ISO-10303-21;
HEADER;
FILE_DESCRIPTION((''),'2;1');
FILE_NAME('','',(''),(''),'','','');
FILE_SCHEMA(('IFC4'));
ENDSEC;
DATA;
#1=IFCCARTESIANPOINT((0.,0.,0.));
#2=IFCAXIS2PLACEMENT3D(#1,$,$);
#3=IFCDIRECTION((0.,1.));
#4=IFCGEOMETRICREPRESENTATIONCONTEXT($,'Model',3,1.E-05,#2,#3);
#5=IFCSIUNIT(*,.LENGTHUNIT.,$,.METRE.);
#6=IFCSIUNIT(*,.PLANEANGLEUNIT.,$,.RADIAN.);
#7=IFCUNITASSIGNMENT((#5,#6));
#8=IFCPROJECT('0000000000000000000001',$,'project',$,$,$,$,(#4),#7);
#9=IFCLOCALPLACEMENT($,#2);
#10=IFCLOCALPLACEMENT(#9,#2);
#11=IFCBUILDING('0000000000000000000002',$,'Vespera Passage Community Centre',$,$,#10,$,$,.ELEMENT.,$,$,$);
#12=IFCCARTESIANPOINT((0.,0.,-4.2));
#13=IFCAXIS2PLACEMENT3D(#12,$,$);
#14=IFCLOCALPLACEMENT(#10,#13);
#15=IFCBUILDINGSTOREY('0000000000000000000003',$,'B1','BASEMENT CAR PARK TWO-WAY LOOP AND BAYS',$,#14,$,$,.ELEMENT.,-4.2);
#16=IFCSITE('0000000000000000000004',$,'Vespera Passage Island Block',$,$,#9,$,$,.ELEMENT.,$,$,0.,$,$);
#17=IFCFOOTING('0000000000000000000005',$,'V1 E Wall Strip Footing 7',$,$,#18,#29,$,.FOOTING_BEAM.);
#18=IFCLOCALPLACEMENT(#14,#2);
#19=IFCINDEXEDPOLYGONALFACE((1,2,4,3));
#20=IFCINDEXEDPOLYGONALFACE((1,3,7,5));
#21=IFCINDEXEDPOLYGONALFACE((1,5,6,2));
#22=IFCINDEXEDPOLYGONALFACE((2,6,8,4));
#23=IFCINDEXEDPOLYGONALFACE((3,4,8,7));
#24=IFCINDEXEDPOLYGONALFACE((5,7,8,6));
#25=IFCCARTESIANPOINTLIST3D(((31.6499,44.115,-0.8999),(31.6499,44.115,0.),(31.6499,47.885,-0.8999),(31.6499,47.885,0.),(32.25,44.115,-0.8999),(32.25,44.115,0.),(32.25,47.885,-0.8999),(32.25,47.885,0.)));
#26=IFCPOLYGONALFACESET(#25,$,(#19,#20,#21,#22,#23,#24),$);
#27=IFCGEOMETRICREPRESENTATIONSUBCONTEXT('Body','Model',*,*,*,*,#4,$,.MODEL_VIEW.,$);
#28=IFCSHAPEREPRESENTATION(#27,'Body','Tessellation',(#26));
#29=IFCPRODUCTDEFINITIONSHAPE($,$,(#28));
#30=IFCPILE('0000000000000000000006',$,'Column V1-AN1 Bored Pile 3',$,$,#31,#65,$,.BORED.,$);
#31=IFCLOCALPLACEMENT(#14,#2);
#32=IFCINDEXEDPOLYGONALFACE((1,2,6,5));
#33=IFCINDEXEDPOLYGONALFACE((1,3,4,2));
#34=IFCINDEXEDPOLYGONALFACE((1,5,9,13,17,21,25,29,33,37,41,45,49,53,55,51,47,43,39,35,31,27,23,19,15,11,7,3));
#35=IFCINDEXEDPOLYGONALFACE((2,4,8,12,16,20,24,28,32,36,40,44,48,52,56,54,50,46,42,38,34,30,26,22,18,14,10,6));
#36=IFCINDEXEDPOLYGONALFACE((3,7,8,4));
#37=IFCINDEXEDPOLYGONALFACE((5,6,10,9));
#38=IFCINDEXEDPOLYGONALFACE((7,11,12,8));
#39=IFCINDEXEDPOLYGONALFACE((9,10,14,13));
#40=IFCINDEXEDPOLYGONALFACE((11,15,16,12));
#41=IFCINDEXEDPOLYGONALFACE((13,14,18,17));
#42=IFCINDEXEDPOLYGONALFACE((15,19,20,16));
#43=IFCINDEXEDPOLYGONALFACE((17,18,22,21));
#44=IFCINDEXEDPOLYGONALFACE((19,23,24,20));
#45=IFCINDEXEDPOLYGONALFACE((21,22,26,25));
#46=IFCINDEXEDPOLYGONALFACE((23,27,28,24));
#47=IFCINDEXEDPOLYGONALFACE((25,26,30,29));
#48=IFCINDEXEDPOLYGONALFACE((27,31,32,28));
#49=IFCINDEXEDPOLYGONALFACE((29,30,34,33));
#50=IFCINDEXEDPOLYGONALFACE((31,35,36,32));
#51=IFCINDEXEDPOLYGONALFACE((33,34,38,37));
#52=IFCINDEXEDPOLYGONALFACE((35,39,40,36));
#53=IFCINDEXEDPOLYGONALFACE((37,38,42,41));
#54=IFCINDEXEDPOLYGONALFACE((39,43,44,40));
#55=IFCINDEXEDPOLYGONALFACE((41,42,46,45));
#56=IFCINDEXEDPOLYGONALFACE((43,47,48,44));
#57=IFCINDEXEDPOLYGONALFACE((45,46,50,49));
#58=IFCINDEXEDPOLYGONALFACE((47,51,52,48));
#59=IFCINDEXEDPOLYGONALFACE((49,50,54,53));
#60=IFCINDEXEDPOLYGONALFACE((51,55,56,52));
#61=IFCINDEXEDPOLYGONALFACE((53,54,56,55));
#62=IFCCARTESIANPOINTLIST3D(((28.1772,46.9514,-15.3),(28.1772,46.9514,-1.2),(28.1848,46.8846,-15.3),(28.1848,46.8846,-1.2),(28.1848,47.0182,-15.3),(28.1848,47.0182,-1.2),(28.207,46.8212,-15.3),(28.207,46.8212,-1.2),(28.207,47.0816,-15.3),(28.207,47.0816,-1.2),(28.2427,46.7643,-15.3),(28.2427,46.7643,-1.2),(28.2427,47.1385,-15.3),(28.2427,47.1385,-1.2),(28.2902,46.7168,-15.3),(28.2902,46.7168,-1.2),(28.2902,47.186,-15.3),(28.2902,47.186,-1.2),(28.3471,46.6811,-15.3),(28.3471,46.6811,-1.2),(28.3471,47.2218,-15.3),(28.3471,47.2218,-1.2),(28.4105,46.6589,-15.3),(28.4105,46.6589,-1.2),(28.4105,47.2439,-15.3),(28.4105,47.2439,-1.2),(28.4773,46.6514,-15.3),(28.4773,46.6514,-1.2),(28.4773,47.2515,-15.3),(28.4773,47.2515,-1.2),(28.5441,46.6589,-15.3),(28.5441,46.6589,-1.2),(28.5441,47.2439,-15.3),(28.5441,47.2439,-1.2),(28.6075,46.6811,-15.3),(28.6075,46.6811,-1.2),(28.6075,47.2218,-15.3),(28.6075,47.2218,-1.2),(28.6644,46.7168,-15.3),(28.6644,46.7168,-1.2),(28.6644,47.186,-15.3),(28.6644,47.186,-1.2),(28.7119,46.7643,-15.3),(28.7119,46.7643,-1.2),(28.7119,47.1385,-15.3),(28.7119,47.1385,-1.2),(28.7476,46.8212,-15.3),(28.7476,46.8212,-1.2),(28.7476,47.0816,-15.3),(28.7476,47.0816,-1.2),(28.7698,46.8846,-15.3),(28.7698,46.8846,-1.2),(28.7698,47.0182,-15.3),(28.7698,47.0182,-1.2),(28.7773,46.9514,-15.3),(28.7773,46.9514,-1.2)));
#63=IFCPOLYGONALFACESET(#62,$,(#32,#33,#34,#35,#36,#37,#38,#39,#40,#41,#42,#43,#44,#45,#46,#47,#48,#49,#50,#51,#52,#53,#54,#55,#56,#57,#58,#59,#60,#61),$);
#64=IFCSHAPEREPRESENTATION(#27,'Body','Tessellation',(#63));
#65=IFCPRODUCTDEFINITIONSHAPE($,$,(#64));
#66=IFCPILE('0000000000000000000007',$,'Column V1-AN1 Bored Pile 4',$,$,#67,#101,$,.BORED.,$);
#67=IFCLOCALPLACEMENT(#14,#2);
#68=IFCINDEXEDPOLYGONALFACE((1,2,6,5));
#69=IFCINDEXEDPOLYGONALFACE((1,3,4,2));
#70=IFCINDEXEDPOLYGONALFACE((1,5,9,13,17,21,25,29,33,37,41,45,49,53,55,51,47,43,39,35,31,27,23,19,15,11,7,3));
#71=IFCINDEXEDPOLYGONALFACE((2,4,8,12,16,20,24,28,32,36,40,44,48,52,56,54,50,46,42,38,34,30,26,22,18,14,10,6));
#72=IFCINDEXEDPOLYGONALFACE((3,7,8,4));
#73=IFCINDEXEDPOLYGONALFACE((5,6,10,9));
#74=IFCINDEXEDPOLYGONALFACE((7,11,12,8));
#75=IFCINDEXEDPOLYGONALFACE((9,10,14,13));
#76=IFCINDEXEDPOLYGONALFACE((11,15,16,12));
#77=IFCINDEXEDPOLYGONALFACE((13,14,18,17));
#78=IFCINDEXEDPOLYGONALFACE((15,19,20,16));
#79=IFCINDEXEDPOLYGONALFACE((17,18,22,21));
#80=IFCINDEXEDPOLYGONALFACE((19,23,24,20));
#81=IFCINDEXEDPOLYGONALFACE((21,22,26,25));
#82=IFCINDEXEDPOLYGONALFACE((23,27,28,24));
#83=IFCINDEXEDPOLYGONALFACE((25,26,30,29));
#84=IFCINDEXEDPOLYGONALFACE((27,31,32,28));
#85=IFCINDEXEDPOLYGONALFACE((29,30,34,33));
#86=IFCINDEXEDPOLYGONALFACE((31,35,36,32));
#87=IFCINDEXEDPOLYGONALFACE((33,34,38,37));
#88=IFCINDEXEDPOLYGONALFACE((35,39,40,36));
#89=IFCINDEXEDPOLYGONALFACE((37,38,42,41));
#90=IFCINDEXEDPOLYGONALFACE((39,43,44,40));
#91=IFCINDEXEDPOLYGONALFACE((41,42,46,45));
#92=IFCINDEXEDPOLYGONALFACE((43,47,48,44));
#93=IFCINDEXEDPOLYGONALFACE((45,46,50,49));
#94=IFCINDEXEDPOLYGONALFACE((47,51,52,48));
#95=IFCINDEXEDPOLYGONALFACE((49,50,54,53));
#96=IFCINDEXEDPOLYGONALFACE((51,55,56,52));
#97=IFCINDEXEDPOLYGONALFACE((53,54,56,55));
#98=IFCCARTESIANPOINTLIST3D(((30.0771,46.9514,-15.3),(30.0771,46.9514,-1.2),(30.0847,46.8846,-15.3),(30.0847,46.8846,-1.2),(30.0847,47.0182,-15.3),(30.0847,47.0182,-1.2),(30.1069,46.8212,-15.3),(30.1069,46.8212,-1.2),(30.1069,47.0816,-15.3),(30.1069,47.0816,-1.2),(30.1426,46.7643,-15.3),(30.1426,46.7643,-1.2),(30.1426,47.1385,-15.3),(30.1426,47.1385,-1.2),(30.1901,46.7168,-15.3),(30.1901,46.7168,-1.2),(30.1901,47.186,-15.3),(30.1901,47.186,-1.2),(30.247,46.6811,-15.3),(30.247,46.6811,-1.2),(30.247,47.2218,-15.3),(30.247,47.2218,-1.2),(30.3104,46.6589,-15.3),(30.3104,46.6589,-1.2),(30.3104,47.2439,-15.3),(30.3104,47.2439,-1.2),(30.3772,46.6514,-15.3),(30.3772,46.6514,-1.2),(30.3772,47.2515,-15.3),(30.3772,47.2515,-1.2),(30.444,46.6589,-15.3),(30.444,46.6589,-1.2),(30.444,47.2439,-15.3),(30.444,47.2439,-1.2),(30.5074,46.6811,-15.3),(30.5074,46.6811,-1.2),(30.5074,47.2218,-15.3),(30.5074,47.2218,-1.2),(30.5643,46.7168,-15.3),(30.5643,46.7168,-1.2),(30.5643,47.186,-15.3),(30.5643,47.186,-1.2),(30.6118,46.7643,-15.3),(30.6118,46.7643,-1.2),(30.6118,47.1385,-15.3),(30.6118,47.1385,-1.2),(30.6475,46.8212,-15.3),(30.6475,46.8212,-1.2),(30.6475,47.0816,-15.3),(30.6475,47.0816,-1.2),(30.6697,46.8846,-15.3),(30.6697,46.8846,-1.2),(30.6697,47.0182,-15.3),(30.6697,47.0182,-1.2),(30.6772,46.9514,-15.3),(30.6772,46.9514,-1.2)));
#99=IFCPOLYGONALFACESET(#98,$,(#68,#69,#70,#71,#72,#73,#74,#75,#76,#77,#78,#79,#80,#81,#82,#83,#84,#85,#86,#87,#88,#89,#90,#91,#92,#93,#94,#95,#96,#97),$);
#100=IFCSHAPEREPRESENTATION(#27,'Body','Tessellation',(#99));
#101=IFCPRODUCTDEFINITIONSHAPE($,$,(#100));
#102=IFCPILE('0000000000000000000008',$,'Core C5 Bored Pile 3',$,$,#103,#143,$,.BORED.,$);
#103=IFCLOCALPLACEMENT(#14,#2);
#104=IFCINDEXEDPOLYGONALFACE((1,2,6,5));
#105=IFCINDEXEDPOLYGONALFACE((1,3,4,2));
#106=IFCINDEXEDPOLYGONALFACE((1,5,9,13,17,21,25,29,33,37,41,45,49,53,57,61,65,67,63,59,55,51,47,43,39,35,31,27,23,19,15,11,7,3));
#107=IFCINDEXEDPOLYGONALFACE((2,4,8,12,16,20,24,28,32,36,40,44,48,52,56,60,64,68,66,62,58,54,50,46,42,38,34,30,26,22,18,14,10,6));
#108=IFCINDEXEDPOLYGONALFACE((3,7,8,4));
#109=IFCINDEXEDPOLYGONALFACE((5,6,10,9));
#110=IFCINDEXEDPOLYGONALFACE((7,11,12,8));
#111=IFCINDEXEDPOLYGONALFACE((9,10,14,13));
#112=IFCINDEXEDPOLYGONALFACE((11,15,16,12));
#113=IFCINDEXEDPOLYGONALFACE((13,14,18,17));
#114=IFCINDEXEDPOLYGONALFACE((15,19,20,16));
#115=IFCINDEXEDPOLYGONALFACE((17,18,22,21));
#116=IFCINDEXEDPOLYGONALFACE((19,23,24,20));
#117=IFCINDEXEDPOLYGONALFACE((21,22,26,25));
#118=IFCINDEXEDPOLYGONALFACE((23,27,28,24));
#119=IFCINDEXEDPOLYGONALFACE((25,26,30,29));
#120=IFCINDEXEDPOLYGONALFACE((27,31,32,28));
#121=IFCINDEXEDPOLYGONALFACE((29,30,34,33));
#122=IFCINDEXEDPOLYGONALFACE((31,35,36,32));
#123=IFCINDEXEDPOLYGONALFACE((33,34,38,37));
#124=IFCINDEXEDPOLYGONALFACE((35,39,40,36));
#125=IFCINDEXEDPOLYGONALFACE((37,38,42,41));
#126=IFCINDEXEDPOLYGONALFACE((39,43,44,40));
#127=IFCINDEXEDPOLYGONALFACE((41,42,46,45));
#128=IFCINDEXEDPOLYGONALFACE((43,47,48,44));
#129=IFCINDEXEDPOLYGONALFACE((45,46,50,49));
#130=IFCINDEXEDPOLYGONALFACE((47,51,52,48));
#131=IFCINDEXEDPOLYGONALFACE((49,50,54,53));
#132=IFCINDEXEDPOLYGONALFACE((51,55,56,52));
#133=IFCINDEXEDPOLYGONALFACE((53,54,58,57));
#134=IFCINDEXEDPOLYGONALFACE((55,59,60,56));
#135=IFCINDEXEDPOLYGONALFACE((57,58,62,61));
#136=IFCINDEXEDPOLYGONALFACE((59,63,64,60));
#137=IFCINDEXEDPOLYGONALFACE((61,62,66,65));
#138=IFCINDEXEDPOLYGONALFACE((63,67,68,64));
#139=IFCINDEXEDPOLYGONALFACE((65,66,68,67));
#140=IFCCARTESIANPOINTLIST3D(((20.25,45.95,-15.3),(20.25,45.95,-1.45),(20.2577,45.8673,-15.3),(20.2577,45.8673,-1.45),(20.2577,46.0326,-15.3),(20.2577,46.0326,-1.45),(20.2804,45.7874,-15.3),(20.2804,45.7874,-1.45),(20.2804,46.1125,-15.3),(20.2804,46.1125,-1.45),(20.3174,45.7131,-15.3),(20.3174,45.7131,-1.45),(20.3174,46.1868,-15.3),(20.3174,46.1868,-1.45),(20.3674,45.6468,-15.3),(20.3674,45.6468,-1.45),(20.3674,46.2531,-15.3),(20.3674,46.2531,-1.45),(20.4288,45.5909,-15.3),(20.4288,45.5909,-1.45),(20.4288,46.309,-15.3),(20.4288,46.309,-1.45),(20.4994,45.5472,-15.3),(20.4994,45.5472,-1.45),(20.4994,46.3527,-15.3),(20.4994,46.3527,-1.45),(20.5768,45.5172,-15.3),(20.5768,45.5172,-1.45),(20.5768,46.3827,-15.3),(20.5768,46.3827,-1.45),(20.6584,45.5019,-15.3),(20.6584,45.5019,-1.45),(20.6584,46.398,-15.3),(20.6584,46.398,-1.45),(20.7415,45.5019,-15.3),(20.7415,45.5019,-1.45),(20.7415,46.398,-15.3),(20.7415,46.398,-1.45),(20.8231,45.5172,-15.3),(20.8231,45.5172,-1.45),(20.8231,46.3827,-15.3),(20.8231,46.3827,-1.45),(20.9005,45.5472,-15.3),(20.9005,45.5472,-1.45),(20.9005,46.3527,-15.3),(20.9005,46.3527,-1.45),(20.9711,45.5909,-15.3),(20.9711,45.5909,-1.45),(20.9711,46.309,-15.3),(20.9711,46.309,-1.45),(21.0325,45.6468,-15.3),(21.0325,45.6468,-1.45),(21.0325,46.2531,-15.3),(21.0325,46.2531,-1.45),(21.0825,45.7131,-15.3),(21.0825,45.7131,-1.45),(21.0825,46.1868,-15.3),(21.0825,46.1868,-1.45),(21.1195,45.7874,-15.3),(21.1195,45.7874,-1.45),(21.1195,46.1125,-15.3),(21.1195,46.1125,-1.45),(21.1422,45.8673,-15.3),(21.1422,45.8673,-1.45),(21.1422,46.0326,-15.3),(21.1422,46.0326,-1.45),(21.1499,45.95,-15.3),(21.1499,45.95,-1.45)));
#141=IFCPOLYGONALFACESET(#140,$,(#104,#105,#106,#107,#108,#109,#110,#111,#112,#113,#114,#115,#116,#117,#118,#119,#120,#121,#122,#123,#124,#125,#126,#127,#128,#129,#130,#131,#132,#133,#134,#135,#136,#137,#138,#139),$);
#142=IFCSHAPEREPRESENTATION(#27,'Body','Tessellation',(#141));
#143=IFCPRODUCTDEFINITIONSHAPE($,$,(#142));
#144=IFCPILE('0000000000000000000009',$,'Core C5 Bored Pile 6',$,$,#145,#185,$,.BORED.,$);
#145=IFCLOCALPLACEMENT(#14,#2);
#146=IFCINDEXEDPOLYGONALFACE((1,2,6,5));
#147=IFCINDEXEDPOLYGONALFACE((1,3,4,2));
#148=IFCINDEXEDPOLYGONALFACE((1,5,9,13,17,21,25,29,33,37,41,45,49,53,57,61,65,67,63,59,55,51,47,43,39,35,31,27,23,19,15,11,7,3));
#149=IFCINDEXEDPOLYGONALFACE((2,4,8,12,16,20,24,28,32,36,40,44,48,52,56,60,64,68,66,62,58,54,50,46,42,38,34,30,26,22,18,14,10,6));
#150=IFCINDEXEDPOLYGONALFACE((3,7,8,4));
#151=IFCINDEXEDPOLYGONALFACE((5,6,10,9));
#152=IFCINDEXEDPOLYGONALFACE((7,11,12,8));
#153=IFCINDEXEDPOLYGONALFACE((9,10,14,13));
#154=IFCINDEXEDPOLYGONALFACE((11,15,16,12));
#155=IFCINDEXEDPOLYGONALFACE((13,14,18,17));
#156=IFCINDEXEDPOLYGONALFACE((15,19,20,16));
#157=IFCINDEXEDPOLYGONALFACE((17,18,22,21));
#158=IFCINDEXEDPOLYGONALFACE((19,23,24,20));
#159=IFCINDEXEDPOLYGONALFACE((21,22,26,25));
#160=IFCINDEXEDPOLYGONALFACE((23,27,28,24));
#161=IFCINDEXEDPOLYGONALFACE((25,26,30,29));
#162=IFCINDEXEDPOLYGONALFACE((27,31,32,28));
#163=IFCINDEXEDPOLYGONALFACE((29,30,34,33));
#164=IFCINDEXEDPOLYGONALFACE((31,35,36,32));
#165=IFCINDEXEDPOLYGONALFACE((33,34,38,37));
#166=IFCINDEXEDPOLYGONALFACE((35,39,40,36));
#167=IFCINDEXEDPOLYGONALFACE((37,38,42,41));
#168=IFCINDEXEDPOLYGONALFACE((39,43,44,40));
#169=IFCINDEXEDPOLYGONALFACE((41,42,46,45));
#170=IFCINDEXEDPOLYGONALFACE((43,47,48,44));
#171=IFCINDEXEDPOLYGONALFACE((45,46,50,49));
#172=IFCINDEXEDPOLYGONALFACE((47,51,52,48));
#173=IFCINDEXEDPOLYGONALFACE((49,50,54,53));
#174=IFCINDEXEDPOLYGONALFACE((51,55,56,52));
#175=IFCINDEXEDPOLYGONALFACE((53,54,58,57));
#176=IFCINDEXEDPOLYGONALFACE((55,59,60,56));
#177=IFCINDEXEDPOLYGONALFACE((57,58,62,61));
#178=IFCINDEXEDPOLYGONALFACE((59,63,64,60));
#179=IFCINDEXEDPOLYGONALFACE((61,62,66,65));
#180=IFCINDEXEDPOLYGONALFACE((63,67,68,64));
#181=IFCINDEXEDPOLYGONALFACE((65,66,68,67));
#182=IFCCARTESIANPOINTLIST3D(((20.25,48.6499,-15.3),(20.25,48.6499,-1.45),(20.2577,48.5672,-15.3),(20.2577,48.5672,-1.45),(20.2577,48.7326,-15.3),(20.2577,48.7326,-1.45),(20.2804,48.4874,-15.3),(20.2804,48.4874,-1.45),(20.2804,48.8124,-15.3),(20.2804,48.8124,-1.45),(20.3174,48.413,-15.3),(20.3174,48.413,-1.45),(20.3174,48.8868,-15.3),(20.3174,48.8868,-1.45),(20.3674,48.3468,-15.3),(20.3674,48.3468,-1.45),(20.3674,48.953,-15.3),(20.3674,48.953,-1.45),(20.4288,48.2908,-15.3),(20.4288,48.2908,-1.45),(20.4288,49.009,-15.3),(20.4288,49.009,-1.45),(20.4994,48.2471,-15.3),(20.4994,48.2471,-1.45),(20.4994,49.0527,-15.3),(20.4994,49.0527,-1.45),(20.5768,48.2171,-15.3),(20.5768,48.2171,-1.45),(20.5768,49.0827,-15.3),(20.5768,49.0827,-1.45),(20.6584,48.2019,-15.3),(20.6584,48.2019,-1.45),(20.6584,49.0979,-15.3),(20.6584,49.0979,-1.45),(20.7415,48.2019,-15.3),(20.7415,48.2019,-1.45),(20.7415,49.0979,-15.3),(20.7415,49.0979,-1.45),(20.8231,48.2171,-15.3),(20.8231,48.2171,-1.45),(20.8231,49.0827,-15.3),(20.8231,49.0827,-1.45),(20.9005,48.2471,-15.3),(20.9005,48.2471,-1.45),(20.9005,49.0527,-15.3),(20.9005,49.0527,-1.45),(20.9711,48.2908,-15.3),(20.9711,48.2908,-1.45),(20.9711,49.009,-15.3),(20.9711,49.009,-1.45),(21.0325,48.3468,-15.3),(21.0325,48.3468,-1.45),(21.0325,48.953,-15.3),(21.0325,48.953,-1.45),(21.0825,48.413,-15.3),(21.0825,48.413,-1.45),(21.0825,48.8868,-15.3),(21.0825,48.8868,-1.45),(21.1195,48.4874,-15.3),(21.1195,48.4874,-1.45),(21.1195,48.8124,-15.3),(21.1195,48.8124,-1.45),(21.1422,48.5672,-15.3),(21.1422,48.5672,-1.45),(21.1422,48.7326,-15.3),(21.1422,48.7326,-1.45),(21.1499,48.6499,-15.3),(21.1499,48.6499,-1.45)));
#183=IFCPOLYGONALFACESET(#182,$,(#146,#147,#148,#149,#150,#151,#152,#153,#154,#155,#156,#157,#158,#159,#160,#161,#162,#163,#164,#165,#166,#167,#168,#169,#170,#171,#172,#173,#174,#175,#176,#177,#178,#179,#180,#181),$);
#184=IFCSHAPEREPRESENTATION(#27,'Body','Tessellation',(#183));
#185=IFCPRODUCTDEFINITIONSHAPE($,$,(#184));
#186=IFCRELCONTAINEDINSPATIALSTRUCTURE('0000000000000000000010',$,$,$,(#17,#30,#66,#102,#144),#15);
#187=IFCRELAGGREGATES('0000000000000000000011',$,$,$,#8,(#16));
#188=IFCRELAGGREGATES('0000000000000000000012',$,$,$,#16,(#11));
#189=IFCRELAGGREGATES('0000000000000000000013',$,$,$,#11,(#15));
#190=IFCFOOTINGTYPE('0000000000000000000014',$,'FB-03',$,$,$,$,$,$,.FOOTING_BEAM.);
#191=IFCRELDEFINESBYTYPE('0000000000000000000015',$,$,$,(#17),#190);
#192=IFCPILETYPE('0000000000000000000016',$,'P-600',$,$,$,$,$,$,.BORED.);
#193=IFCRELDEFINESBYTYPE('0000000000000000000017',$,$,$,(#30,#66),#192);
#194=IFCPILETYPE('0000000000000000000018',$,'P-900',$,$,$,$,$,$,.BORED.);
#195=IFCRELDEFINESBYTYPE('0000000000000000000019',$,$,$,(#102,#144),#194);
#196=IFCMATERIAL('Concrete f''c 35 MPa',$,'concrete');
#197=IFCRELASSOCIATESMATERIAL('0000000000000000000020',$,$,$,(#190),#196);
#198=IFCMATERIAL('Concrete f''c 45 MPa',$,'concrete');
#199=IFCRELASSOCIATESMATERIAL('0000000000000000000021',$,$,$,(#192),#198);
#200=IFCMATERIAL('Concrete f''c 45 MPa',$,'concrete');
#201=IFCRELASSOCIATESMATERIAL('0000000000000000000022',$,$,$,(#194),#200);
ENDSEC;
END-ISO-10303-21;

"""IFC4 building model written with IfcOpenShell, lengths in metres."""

from ifc_helpers import new_model, si_unit, direction, frame, origin, origin_2d, place, context, subcontext, project, spatial, rectangle, circle, extrude, material, material_profile, profile_set, type_object, element, save


model = new_model("IFC4")

# Units and contexts
model_context = context("Model", 3, precision=1e-05, world=origin(), true_north=direction((0.0, 1.0)))
body_context = subcontext(model_context, "Body", "Model", "MODEL_VIEW")
ifc_project = project(units=[si_unit("LENGTHUNIT", "METRE"), si_unit("PLANEANGLEUNIT", "RADIAN")], contexts=[model_context])

# Site, building, storey
site_placement = place(None, origin())
site = spatial("IfcSite", under=ifc_project, at=site_placement, Name="Vespera Passage Island Block", CompositionType="ELEMENT", RefElevation=0.0)
building_placement = place(site_placement, origin())
building = spatial("IfcBuilding", under=site, at=building_placement, Name="Vespera Passage Community Centre", CompositionType="ELEMENT")
storey_placement = place(building_placement, frame((0.0, 0.0, -4.2)))
storey = spatial("IfcBuildingStorey", under=building, at=storey_placement, Name="B1", Description="BASEMENT CAR PARK TWO-WAY LOOP AND BAYS", CompositionType="ELEMENT", Elevation=-4.2)

# Footing
ifc_material_1 = material(Name="Concrete f'c 35 MPa", Category="concrete")
footing_type_1 = type_object("IfcFootingType", Name="FB-03", PredefinedType="FOOTING_BEAM", material=ifc_material_1)
footing_1_placement = place(storey_placement, frame((31.95, 46.0, -0.8999), z_axis=(0.0, 0.0, 1.0), x_axis=(0.0, 1.0, 0.0)))
element("IfcFooting", 1, at=footing_1_placement, inside=storey, type_object=footing_type_1, Name="V1 E Wall Strip Footing 7", PredefinedType="FOOTING_BEAM", context=body_context, shape_type="SweptSolid", body=[
    extrude(rectangle(XDim=3.77, YDim=0.6001, at=origin_2d()), origin(), (0.0, 0.0, 1.0), 0.8999),
])

# Piles
ifc_material_2 = material(Name="Concrete f'c 45 MPa", Category="concrete")
ifc_material_profile_1 = material_profile(ifc_material_2, circle(Radius=0.3, at=origin_2d()), Name="PILE600DIA")
ifc_profile_set_1 = profile_set([ifc_material_profile_1], Name="Concrete f'c 45 MPa")
pile_type_1 = type_object("IfcPileType", Name="P-600", PredefinedType="BORED", material=ifc_profile_set_1)
for number, where, z_axis, x_axis, name in (
    (2, (28.4773, 46.9514, -1.2), (0.0, 0.0, -1.0), (1.0, 0.0, 0.0), "Column V1-AN1 Bored Pile 3"),
    (3, (30.3772, 46.9514, -1.2), (0.0, 0.0, -1.0), (1.0, 0.0, 0.0), "Column V1-AN1 Bored Pile 4"),
):
    element("IfcPile", number, at=place(storey_placement, frame(where, z_axis=z_axis, x_axis=x_axis)), inside=storey, type_object=pile_type_1, Name=name, PredefinedType="BORED", context=body_context, shape_type="SweptSolid", body=[
        extrude(circle(Radius=0.3, at=origin_2d()), origin(), (0.0, 0.0, 1.0), 14.1001),
    ])
ifc_material_3 = material(Name="Concrete f'c 45 MPa", Category="concrete")
ifc_material_profile_2 = material_profile(ifc_material_3, circle(Radius=0.45, at=origin_2d()), Name="PILE900DIA")
ifc_profile_set_2 = profile_set([ifc_material_profile_2], Name="Concrete f'c 45 MPa")
pile_type_2 = type_object("IfcPileType", Name="P-900", PredefinedType="BORED", material=ifc_profile_set_2)
for number, where, z_axis, x_axis, name in (
    (4, (20.7, 45.95, -1.45), (0.0, 0.0, -1.0), (1.0, 0.0, 0.0), "Core C5 Bored Pile 3"),
    (5, (20.7, 48.6499, -1.45), (0.0, 0.0, -1.0), (1.0, 0.0, 0.0), "Core C5 Bored Pile 6"),
):
    element("IfcPile", number, at=place(storey_placement, frame(where, z_axis=z_axis, x_axis=x_axis)), inside=storey, type_object=pile_type_2, Name=name, PredefinedType="BORED", context=body_context, shape_type="SweptSolid", body=[
        extrude(circle(Radius=0.45, at=origin_2d()), origin(), (0.0, 0.0, 1.0), 13.8501),
    ])

save(model, "model.ifc")
